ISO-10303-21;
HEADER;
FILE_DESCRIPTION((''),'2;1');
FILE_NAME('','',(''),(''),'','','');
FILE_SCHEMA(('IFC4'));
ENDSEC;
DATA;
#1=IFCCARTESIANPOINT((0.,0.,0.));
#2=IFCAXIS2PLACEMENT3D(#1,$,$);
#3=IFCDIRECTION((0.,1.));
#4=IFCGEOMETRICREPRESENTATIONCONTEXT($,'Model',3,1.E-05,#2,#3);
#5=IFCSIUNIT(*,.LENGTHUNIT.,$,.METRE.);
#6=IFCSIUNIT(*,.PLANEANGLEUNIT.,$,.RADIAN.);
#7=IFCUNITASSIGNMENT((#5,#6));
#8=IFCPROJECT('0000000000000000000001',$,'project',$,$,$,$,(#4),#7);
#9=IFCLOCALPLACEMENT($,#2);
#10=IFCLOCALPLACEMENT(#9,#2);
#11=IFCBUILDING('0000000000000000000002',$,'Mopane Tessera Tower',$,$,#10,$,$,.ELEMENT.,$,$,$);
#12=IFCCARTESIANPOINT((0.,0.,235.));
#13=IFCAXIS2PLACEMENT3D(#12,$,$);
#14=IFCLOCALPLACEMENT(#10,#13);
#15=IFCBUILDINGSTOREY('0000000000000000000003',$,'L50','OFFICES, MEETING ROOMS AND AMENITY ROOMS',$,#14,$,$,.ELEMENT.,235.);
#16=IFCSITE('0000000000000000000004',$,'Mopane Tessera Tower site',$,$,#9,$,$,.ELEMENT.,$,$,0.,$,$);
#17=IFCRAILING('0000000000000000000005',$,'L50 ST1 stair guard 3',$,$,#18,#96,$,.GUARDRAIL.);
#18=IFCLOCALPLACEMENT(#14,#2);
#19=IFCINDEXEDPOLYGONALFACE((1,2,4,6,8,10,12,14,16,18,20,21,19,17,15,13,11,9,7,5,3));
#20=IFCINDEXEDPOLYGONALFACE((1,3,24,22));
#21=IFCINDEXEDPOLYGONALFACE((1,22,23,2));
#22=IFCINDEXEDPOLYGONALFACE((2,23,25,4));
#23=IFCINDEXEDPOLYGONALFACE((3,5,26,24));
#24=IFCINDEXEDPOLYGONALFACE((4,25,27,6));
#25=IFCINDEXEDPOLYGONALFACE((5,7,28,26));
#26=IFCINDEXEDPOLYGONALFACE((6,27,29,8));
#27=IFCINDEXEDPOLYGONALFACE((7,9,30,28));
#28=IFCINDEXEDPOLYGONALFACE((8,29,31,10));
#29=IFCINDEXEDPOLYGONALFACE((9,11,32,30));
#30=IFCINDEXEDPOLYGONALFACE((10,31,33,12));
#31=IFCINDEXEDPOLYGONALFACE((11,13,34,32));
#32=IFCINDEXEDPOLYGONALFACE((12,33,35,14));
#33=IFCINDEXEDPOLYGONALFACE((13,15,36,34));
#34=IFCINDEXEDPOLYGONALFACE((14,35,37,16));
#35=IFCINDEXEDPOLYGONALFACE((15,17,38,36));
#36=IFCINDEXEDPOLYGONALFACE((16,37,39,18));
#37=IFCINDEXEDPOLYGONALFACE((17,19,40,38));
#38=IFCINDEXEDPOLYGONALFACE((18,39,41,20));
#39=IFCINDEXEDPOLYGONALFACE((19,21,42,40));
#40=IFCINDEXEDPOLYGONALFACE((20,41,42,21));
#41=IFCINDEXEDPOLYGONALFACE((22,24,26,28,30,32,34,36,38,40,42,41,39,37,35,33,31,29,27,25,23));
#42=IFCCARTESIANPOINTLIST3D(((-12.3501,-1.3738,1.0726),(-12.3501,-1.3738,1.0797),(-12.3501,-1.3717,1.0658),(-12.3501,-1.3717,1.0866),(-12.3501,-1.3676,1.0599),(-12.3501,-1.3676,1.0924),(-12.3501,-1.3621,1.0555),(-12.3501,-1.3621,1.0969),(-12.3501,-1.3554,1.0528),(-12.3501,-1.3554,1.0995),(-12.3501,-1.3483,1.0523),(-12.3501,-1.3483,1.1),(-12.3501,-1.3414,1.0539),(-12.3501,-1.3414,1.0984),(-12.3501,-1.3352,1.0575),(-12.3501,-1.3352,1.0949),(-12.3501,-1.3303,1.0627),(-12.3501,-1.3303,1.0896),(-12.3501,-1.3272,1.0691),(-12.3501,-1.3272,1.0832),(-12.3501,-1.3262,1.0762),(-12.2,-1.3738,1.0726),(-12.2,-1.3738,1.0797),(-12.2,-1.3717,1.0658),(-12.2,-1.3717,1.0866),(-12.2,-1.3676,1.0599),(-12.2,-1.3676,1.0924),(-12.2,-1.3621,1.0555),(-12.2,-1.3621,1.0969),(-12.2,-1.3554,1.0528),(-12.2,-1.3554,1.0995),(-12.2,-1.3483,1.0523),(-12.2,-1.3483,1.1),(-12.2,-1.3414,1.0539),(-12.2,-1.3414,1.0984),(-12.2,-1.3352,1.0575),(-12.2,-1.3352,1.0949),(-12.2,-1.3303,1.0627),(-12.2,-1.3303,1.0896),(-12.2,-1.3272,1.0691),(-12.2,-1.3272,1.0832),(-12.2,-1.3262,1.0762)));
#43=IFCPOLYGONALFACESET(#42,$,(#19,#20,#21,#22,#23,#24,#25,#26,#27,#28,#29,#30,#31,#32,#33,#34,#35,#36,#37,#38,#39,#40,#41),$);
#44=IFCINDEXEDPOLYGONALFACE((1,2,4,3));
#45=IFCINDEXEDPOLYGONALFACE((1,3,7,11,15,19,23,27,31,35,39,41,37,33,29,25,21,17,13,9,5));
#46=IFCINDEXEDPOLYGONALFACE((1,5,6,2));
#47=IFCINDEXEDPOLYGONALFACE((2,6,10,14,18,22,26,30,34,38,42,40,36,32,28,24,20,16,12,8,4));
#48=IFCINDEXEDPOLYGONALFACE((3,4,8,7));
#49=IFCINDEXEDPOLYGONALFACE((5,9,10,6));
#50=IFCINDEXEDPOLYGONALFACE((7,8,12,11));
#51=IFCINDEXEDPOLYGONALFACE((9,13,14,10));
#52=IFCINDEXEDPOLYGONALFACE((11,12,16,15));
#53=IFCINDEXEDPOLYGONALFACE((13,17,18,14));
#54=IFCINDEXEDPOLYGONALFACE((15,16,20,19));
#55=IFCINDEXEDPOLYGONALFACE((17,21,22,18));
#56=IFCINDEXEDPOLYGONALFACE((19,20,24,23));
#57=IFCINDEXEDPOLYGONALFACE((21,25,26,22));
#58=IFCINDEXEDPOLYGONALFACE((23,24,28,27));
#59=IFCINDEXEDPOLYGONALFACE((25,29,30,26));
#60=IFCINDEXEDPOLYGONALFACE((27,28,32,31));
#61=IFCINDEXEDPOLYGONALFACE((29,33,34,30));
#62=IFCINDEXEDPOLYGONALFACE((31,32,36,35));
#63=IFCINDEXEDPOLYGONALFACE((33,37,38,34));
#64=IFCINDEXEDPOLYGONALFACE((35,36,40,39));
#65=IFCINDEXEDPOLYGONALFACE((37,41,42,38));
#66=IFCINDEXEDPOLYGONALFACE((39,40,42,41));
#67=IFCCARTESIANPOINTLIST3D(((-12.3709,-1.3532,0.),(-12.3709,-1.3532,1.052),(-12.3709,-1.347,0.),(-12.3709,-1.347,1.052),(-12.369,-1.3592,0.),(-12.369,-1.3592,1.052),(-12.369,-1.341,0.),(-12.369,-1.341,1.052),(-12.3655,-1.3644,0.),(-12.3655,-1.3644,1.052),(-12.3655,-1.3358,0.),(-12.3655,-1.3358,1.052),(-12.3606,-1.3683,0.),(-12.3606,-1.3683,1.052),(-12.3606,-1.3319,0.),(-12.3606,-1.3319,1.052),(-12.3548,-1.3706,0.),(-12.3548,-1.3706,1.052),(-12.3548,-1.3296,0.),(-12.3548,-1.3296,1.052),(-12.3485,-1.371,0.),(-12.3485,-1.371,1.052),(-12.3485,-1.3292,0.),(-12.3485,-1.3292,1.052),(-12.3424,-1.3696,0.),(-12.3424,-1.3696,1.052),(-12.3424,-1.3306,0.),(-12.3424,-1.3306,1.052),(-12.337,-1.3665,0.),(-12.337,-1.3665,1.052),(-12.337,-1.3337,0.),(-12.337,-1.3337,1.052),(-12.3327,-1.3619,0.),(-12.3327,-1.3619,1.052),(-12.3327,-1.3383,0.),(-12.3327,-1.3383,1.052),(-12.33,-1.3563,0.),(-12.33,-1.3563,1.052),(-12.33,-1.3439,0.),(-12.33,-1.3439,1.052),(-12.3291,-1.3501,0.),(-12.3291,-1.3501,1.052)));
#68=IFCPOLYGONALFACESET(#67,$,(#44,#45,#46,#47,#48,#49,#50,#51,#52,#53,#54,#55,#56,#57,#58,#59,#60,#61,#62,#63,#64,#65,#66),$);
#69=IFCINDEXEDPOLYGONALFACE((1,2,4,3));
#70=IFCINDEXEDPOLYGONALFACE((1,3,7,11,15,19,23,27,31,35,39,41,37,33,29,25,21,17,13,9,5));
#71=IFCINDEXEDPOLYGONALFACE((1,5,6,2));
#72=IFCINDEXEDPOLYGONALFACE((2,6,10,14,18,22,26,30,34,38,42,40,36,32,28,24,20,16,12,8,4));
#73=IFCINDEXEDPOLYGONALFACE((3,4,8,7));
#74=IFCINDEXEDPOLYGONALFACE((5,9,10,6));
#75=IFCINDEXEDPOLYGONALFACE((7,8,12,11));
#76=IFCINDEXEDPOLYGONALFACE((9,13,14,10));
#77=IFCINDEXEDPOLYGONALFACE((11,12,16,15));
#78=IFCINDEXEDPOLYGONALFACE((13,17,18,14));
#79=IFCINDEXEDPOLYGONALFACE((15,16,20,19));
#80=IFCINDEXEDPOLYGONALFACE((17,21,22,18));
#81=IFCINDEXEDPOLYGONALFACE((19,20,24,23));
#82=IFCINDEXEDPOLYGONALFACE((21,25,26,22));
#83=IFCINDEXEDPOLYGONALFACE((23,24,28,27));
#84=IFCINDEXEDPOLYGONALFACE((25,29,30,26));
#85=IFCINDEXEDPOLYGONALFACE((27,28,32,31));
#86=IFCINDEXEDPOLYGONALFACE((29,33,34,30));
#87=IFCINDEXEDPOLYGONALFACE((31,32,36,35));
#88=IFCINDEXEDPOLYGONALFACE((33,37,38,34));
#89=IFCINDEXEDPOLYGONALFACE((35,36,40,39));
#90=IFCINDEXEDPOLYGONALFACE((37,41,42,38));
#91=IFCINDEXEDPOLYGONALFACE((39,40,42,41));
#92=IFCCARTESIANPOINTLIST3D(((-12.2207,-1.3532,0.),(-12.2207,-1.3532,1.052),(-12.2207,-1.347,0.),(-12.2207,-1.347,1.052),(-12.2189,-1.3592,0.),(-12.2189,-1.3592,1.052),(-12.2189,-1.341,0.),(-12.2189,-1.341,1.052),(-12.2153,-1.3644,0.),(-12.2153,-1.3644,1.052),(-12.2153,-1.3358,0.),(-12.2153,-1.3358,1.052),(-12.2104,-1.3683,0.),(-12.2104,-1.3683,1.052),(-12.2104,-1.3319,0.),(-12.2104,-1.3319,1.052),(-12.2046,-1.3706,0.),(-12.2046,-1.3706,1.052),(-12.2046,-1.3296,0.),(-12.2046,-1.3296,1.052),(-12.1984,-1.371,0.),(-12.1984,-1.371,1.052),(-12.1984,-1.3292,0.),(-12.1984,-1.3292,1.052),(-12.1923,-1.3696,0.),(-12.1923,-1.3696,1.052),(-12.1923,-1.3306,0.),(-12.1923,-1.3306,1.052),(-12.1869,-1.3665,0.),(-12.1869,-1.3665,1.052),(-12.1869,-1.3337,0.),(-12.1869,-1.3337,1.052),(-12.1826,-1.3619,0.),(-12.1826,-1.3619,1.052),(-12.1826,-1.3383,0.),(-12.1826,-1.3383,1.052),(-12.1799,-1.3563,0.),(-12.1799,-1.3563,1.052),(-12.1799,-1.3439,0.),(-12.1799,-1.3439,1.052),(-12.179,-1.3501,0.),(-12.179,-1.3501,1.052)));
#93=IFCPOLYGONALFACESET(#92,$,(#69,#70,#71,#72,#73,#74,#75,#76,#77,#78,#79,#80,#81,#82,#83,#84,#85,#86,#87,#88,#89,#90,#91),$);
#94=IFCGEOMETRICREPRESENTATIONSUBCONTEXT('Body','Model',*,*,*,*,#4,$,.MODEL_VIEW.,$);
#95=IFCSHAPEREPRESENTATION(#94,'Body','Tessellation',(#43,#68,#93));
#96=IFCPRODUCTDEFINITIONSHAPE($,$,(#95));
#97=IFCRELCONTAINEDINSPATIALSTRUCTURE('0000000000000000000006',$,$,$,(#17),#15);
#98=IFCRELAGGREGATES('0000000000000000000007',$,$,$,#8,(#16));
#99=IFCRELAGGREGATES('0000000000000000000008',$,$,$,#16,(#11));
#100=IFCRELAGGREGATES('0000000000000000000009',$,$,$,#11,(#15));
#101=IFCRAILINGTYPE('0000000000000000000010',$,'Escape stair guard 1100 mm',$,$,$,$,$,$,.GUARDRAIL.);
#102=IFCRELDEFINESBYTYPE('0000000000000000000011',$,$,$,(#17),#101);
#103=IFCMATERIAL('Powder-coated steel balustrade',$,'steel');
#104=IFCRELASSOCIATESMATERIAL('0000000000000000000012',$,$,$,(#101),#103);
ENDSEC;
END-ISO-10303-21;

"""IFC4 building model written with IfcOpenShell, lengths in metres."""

from ifc_helpers import new_model, si_unit, direction, frame, origin, origin_2d, place, context, subcontext, project, spatial, circle, extrude, material, type_object, element, save


model = new_model("IFC4")

# Units and contexts
model_context = context("Model", 3, precision=1e-05, world=origin(), true_north=direction((0.0, 1.0)))
body_context = subcontext(model_context, "Body", "Model", "MODEL_VIEW")
ifc_project = project(units=[si_unit("LENGTHUNIT", "METRE"), si_unit("PLANEANGLEUNIT", "RADIAN")], contexts=[model_context])

# Site, building, storey
site_placement = place(None, origin())
site = spatial("IfcSite", under=ifc_project, at=site_placement, Name="Mopane Tessera Tower site", CompositionType="ELEMENT", RefElevation=0.0)
building_placement = place(site_placement, origin())
building = spatial("IfcBuilding", under=site, at=building_placement, Name="Mopane Tessera Tower", CompositionType="ELEMENT")
storey_placement = place(building_placement, frame((0.0, 0.0, 235.0)))
storey = spatial("IfcBuildingStorey", under=building, at=storey_placement, Name="L50", Description="OFFICES, MEETING ROOMS AND AMENITY ROOMS", CompositionType="ELEMENT", Elevation=235.0)

# Railing
ifc_material_1 = material(Name="Powder-coated steel balustrade", Category="steel")
railing_type_1 = type_object("IfcRailingType", Name="Escape stair guard 1100 mm", PredefinedType="GUARDRAIL", material=ifc_material_1)
railing_1_placement = place(storey_placement, frame((-12.3501, -1.3501, 0.0)))
element("IfcRailing", 1, at=railing_1_placement, inside=storey, type_object=railing_type_1, Name="L50 ST1 stair guard 3", PredefinedType="GUARDRAIL", context=body_context, shape_type="SweptSolid", body=[
    extrude(circle(Radius=0.0239, at=origin_2d()), frame((0.0, 0.0, 1.0762), z_axis=(1.0, 0.0, 0.0), x_axis=(0.0, 1.0, 0.0)), (0.0, 0.0, 1.0), 0.1501),
    extrude(circle(Radius=0.021, at=origin_2d()), origin(), (0.0, 0.0, 1.0), 1.052),
    extrude(circle(Radius=0.021, at=origin_2d()), frame((0.1501, 0.0, 0.0)), (0.0, 0.0, 1.0), 1.052),
])

save(model, "model.ifc")
